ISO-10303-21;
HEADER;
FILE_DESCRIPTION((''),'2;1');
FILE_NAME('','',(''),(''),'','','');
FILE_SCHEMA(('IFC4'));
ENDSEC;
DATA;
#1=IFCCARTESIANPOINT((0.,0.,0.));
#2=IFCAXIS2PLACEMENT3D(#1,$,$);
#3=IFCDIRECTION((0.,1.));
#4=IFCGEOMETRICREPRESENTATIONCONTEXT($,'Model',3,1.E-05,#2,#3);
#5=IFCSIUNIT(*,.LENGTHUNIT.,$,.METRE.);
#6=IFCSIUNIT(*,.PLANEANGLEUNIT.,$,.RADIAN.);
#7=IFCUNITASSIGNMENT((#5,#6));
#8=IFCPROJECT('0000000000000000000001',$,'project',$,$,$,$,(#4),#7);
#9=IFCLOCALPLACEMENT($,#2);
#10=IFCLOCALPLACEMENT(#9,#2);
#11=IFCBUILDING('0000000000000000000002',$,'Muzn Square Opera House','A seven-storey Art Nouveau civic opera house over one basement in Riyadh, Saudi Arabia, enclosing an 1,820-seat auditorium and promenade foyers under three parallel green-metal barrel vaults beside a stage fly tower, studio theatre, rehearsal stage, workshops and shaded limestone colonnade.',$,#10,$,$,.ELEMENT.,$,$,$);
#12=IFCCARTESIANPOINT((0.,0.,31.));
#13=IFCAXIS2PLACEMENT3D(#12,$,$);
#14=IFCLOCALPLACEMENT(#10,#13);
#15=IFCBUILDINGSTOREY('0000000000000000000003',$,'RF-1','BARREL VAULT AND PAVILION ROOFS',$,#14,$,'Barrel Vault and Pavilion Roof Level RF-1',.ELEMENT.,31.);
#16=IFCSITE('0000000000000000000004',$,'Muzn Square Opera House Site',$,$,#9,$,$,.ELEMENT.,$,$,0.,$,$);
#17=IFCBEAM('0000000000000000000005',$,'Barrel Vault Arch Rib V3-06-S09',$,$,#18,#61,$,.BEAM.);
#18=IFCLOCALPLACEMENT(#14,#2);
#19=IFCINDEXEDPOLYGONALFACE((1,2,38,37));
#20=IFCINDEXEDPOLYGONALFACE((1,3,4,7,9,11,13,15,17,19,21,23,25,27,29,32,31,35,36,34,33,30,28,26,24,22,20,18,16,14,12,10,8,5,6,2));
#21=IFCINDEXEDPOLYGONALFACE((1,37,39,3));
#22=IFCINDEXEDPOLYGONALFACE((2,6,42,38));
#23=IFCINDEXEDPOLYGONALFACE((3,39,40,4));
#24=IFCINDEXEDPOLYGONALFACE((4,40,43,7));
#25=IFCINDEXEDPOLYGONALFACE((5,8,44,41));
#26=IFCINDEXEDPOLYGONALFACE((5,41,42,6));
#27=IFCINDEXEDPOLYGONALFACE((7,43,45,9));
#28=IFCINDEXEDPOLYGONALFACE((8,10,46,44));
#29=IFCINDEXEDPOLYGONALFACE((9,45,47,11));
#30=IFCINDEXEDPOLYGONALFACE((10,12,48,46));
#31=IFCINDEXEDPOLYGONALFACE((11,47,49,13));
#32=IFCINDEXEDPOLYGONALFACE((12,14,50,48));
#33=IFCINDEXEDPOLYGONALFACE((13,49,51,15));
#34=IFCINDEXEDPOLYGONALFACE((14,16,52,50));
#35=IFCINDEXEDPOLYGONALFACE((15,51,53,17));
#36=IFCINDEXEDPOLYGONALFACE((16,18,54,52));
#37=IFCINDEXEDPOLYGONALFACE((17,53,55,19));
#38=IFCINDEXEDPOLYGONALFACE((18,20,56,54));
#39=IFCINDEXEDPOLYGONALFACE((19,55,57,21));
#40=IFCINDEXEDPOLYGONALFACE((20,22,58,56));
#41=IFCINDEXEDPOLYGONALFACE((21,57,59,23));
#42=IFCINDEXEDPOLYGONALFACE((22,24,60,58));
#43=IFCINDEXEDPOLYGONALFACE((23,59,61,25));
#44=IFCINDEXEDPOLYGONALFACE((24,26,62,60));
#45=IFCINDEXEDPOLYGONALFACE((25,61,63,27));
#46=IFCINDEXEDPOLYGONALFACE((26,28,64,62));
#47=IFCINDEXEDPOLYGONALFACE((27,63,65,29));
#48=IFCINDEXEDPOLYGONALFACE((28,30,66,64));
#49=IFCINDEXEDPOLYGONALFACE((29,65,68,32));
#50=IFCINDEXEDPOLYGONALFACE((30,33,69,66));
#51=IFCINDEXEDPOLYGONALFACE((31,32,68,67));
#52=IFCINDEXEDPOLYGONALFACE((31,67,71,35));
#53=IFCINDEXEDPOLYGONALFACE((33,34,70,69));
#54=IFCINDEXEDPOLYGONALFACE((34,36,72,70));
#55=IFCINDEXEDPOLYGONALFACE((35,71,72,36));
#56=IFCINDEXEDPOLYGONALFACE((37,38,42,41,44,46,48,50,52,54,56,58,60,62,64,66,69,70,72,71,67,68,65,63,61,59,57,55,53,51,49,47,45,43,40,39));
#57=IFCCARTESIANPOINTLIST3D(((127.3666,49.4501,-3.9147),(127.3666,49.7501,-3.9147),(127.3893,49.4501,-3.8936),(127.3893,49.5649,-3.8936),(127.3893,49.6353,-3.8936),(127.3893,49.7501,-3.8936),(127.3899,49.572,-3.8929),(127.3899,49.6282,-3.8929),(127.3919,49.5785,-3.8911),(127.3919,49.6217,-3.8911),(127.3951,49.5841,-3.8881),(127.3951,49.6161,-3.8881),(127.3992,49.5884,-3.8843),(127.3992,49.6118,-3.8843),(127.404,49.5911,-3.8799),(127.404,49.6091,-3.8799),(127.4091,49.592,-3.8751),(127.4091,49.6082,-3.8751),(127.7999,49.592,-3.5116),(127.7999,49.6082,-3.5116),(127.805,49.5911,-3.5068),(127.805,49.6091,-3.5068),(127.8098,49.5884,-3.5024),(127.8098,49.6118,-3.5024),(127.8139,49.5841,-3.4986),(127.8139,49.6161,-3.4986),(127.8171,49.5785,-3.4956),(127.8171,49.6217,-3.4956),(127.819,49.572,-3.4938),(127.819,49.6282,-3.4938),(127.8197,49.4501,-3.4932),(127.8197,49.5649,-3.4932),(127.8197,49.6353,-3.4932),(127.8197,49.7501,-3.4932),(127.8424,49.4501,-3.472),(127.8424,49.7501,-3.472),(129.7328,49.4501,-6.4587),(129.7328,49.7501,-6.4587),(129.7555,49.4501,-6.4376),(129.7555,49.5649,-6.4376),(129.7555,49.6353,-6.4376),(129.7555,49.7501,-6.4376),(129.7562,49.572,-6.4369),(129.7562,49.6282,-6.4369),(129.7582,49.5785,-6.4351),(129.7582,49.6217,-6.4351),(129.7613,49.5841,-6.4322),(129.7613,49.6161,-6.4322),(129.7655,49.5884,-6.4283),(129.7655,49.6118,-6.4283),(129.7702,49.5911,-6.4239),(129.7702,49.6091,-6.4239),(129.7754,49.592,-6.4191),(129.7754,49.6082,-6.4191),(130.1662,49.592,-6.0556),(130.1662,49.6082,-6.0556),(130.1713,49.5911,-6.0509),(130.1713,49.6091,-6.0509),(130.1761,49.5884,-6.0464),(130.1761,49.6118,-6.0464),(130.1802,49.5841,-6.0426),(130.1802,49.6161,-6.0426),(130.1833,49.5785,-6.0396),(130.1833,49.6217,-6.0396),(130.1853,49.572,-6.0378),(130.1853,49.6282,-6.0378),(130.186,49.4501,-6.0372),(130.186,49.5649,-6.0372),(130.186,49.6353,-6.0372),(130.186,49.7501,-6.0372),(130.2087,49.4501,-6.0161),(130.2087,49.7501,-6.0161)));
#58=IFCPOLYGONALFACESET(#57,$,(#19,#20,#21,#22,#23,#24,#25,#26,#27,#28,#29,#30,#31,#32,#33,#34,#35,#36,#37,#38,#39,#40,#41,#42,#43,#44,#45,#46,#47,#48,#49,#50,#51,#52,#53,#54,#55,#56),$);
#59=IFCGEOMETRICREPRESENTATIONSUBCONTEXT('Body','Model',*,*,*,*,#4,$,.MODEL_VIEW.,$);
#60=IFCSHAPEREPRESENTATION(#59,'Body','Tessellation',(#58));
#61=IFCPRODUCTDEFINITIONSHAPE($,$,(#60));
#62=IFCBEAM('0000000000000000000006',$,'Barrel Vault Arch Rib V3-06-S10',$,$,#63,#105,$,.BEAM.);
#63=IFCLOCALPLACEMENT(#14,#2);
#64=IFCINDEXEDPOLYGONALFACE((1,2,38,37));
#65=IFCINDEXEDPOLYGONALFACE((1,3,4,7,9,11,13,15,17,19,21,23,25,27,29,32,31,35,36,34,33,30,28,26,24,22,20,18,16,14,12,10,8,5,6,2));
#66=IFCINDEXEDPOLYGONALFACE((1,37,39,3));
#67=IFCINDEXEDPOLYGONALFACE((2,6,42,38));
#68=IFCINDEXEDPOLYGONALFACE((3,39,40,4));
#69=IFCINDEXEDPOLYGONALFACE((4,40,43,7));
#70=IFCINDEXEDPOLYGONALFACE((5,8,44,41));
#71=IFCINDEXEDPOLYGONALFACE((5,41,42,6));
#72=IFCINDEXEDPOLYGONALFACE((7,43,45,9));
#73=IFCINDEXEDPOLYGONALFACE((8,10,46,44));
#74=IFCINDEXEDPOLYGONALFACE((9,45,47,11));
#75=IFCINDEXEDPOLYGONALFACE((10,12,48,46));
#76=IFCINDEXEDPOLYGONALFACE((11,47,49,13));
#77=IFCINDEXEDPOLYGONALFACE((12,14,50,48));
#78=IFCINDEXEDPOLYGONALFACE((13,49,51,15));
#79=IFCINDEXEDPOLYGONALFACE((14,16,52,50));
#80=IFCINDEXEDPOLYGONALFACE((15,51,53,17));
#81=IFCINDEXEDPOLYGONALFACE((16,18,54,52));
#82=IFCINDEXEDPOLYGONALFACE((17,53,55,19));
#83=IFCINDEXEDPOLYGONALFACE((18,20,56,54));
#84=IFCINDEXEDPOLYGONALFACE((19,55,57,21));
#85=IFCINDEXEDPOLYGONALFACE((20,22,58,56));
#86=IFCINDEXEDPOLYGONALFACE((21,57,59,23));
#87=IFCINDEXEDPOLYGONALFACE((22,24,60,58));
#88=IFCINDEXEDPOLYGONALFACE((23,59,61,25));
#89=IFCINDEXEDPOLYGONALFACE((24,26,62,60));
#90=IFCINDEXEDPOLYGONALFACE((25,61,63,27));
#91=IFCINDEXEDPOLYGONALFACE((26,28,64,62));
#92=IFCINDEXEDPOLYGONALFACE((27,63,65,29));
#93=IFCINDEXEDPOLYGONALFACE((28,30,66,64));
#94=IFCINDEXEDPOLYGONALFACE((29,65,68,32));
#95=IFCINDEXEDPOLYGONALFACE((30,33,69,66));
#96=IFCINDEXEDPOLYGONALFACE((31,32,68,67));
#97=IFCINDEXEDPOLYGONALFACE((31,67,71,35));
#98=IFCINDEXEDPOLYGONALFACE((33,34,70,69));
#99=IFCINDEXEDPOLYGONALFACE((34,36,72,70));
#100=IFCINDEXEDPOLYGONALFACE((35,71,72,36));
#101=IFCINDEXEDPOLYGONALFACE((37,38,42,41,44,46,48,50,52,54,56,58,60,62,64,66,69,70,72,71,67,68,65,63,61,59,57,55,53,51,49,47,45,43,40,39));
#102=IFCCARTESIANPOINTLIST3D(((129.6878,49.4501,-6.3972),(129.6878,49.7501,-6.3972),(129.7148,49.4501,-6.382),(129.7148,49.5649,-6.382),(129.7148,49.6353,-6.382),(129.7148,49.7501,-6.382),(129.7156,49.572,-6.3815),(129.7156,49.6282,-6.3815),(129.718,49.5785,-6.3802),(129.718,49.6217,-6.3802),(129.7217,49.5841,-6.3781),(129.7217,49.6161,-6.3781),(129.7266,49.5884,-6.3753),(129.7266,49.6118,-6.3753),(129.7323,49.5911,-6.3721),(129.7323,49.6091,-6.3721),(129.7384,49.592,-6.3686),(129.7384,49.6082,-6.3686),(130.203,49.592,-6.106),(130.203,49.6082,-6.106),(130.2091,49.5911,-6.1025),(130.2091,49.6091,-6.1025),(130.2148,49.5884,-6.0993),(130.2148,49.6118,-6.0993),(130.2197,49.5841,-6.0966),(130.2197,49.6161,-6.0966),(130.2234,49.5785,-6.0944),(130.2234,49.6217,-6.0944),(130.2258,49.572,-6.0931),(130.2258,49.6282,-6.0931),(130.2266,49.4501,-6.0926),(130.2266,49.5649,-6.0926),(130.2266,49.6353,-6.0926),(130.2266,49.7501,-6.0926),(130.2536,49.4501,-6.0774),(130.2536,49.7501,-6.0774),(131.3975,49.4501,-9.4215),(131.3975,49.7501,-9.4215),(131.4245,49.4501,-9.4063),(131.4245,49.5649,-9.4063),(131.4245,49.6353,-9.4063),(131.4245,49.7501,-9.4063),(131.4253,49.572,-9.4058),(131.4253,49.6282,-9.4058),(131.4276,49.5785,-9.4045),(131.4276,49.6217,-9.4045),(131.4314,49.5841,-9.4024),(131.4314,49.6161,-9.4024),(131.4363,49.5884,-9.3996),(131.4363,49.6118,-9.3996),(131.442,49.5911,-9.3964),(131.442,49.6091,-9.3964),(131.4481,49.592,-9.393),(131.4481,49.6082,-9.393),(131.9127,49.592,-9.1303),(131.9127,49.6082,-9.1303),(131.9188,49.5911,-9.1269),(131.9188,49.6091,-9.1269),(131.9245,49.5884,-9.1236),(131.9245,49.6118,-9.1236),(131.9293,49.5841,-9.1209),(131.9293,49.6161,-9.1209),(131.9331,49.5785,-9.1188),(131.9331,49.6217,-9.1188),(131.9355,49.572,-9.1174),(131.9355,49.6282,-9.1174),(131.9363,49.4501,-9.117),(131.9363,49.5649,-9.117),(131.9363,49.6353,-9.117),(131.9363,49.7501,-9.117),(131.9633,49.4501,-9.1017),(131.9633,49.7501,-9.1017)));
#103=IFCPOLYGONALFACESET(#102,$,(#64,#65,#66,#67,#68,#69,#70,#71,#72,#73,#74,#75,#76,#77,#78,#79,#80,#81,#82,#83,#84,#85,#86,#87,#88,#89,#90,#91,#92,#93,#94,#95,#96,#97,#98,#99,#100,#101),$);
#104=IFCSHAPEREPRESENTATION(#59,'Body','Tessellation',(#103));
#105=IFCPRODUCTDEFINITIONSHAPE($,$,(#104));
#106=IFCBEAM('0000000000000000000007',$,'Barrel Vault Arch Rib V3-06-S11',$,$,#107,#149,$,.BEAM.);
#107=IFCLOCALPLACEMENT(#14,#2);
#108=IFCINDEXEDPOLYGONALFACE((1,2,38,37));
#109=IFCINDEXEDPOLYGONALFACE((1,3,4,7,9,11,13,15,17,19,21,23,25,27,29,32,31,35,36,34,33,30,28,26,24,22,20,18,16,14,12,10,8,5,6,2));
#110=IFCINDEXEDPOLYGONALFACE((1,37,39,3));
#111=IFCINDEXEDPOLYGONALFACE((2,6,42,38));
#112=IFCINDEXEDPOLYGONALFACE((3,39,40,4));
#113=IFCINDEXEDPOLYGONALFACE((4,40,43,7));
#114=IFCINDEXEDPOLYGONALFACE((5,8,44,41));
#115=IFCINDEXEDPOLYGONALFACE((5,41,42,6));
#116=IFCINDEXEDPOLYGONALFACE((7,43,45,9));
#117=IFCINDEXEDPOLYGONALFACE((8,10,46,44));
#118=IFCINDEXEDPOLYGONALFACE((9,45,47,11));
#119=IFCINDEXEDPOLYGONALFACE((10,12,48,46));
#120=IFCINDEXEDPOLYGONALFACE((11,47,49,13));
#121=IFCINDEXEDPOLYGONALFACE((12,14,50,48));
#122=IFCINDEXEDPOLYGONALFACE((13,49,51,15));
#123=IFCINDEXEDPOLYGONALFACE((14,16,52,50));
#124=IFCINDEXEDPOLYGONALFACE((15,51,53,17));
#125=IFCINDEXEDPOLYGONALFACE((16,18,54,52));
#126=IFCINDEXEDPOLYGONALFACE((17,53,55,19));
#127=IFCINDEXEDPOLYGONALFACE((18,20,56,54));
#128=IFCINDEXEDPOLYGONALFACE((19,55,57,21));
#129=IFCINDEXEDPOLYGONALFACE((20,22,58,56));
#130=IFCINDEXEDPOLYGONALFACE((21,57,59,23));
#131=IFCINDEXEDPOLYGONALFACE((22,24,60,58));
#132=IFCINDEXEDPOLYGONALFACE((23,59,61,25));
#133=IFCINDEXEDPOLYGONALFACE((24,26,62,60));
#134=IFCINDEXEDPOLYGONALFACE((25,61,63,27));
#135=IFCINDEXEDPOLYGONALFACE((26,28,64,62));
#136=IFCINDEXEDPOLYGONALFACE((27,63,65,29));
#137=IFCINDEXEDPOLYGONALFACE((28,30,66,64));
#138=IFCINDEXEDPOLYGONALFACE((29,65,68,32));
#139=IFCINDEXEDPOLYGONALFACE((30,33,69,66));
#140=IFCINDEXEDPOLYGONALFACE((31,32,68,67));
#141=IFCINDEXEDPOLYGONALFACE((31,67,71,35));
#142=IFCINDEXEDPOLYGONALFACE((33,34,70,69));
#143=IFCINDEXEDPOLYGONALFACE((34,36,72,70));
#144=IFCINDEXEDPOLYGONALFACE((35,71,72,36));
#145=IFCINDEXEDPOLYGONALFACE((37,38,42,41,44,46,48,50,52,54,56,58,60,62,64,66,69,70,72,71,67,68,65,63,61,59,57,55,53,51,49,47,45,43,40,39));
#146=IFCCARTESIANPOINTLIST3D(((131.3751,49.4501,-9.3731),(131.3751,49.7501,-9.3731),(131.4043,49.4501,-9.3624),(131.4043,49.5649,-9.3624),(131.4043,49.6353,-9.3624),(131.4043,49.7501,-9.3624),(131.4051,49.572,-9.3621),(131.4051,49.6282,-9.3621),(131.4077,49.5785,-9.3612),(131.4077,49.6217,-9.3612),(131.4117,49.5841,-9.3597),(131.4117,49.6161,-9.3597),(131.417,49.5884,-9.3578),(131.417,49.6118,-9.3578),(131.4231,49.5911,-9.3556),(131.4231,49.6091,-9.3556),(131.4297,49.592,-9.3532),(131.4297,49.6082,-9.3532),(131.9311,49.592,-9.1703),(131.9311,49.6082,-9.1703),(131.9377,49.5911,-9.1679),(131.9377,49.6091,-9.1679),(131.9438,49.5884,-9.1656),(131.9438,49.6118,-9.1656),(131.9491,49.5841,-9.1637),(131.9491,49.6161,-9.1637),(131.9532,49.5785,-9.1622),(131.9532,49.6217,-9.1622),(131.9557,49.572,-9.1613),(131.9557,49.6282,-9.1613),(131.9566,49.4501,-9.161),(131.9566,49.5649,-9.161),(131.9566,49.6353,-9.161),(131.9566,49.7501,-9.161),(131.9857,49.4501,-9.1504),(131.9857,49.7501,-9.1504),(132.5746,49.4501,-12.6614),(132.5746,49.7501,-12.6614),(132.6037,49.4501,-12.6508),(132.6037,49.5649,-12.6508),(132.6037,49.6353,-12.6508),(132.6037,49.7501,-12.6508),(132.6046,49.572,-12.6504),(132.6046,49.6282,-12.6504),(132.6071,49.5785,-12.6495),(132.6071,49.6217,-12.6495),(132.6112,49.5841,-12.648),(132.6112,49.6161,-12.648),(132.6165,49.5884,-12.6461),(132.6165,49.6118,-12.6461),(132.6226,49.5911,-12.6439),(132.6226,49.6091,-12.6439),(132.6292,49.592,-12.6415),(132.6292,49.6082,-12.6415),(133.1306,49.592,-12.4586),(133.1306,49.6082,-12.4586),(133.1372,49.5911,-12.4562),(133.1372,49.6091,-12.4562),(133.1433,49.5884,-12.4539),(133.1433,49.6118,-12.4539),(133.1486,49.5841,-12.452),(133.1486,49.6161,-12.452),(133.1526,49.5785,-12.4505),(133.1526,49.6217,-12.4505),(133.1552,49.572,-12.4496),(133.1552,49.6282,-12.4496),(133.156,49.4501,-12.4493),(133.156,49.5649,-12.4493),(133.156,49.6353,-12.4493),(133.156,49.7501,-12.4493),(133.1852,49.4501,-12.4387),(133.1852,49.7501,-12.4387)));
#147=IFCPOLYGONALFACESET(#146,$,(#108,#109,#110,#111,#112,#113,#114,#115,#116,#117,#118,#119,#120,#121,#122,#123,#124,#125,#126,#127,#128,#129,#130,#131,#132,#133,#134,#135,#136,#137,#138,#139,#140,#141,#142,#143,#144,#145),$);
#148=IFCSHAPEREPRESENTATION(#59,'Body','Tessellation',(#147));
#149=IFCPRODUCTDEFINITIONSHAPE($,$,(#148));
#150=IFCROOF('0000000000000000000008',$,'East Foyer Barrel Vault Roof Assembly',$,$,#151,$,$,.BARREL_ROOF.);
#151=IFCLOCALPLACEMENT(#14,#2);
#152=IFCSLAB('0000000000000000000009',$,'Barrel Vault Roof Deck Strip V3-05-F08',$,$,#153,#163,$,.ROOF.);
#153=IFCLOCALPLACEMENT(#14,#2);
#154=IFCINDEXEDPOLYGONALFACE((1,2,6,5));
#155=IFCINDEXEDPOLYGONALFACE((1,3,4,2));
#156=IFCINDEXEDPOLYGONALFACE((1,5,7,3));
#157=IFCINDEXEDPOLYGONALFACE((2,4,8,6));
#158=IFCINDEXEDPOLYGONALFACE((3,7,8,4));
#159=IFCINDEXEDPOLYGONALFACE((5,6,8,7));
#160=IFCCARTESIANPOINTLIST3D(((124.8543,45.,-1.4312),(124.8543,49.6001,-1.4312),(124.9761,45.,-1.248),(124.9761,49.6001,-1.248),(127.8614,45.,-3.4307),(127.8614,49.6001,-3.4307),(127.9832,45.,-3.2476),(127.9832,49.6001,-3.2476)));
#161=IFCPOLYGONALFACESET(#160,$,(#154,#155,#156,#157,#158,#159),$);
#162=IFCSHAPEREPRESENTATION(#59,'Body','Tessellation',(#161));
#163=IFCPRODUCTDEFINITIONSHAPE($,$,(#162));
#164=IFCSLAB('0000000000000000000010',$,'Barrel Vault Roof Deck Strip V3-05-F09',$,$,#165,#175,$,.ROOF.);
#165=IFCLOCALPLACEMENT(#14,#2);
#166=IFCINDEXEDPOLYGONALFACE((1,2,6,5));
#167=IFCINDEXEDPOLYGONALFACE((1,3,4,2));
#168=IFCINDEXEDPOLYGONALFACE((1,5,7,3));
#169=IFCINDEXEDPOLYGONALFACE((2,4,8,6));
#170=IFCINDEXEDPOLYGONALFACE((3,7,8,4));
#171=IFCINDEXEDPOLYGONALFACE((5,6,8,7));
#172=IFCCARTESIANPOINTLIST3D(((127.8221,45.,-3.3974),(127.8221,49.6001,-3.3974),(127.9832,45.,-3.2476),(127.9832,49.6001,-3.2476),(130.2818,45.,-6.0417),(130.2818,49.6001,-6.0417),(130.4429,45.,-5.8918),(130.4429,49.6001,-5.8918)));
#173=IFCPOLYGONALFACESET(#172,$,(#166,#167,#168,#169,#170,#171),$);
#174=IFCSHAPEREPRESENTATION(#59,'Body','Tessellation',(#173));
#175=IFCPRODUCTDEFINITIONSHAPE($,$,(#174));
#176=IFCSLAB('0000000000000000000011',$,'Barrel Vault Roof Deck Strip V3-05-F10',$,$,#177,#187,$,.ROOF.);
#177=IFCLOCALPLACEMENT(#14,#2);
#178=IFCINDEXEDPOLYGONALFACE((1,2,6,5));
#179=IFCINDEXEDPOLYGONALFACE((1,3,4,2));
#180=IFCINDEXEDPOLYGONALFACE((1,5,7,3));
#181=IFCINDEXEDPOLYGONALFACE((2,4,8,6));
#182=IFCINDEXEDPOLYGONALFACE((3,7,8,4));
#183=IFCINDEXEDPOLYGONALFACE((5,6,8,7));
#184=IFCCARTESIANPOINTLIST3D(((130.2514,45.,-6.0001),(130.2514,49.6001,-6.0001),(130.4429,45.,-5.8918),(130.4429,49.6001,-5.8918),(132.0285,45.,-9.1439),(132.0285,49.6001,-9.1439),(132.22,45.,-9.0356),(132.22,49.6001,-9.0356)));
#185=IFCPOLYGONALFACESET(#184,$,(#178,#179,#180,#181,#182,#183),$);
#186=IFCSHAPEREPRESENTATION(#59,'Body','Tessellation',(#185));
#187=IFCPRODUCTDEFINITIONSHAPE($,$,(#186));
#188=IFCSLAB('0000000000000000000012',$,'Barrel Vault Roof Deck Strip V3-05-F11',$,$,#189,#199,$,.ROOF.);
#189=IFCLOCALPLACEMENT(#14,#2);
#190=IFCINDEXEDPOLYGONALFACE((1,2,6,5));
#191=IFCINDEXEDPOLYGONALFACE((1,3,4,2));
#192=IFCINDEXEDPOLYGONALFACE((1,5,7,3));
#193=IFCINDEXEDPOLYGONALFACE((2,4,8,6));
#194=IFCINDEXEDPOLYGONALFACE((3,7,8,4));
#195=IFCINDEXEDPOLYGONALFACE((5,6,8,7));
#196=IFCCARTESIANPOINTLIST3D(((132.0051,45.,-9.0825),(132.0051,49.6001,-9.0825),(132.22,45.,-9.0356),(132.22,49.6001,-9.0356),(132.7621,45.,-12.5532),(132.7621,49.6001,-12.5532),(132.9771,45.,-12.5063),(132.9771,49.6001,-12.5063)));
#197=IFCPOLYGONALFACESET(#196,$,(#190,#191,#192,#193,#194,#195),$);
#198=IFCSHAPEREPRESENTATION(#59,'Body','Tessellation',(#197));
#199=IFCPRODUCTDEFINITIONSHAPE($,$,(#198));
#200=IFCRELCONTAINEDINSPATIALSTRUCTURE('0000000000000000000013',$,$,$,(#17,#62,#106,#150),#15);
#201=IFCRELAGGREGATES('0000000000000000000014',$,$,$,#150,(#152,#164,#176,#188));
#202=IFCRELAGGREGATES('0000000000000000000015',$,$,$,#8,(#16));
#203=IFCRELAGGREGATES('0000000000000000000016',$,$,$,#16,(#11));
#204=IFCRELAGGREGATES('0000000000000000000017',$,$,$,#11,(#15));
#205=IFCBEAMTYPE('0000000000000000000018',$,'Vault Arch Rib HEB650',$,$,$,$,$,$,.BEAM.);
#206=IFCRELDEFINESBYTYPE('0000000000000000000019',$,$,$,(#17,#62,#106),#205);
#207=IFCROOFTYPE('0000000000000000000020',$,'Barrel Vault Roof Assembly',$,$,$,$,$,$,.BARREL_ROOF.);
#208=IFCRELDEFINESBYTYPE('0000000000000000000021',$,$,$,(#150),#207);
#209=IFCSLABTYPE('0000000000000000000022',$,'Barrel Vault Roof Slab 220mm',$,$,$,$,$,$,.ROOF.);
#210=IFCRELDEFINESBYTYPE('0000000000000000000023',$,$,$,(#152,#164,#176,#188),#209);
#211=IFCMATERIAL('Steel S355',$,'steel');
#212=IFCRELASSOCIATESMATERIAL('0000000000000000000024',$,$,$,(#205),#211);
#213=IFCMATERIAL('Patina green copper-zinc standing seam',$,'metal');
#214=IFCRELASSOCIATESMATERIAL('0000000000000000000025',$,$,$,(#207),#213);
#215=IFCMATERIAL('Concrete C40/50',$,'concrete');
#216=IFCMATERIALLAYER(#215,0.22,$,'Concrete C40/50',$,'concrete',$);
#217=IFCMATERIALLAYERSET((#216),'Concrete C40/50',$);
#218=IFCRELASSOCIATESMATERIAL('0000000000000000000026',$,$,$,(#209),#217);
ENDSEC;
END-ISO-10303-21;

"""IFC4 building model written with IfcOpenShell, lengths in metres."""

from ifc_helpers import new_model, si_unit, direction, frame, origin, origin_2d, place, context, subcontext, project, spatial, polyline, i_section, outline, extrude, material, layer, layer_set, material_profile, profile_set, type_object, element, aggregate, save


model = new_model("IFC4")

# Units and contexts
model_context = context("Model", 3, precision=1e-05, world=origin(), true_north=direction((0.0, 1.0)))
body_context = subcontext(model_context, "Body", "Model", "MODEL_VIEW")
ifc_project = project(units=[si_unit("LENGTHUNIT", "METRE"), si_unit("PLANEANGLEUNIT", "RADIAN")], contexts=[model_context])

# Site, building, storey
site_placement = place(None, origin())
site = spatial("IfcSite", under=ifc_project, at=site_placement, Name="Muzn Square Opera House Site", CompositionType="ELEMENT", RefElevation=0.0)
building_placement = place(site_placement, origin())
building = spatial("IfcBuilding", under=site, at=building_placement, Name="Muzn Square Opera House", Description="A seven-storey Art Nouveau civic opera house over one basement in Riyadh, Saudi Arabia, enclosing an 1,820-seat auditorium and promenade foyers under three parallel green-metal barrel vaults beside a stage fly tower, studio theatre, rehearsal stage, workshops and shaded limestone colonnade.", CompositionType="ELEMENT")
storey_placement = place(building_placement, frame((0.0, 0.0, 31.0)))
storey = spatial("IfcBuildingStorey", under=building, at=storey_placement, Name="RF-1", Description="BARREL VAULT AND PAVILION ROOFS", LongName="Barrel Vault and Pavilion Roof Level RF-1", CompositionType="ELEMENT", Elevation=31.0)

# Beams
ifc_material_1 = material(Name="Steel S355", Category="steel")
ifc_material_profile_1 = material_profile(ifc_material_1, i_section(OverallWidth=0.3, OverallDepth=0.6499, WebThickness=0.0161, FlangeThickness=0.031, FilletRadius=0.0271, at=origin_2d()), Name="HEB 650", Category="steel")
ifc_profile_set_1 = profile_set([ifc_material_profile_1], Name="Steel S355")
beam_type_1 = type_object("IfcBeamType", Name="Vault Arch Rib HEB650", PredefinedType="BEAM", material=ifc_profile_set_1)
for number, where, z_axis, x_axis, name in (
    (1, (127.6045, 49.6001, -3.6934), (0.681065, 0.0, -0.732223), (0.0, 1.0, 0.0), "Barrel Vault Arch Rib V3-06-S09"),
):
    element("IfcBeam", number, at=place(storey_placement, frame(where, z_axis=z_axis, x_axis=x_axis)), inside=storey, type_object=beam_type_1, Name=name, PredefinedType="BEAM", context=body_context, shape_type="SweptSolid", body=[
        extrude(i_section(OverallWidth=0.3, OverallDepth=0.6499, WebThickness=0.0161, FlangeThickness=0.031, FilletRadius=0.0271, at=origin_2d()), origin(), (0.0, 0.0, 1.0), 3.4744),
    ])
beam_1_placement = place(storey_placement, frame((129.9707, 49.6001, -6.2373), z_axis=(0.492115, 0.0, -0.87053), x_axis=(0.0, 1.0, 0.0)))
element("IfcBeam", 2, at=beam_1_placement, inside=storey, type_object=beam_type_1, Name="Barrel Vault Arch Rib V3-06-S10", PredefinedType="BEAM", context=body_context, shape_type="SweptSolid", body=[
    extrude(i_section(OverallWidth=0.3, OverallDepth=0.6499, WebThickness=0.0161, FlangeThickness=0.031, FilletRadius=0.0271, at=origin_2d()), origin(), (0.0, 0.0, 1.0), 3.4741),
])
beam_2_placement = place(storey_placement, frame((131.6804, 49.6001, -9.2617), z_axis=(0.342678, 0.0, -0.939453), x_axis=(0.0, 1.0, 0.0)))
element("IfcBeam", 3, at=beam_2_placement, inside=storey, type_object=beam_type_1, Name="Barrel Vault Arch Rib V3-06-S11", PredefinedType="BEAM", context=body_context, shape_type="SweptSolid", body=[
    extrude(i_section(OverallWidth=0.3, OverallDepth=0.6499, WebThickness=0.0161, FlangeThickness=0.031, FilletRadius=0.0271, at=origin_2d()), origin(), (0.0, 0.0, 1.0), 3.5002),
])

# Roof, slabs
ifc_material_2 = material(Name="Patina green copper-zinc standing seam", Category="metal")
roof_type = type_object("IfcRoofType", Name="Barrel Vault Roof Assembly", PredefinedType="BARREL_ROOF", material=ifc_material_2)
roof_placement = place(storey_placement, origin())
roof = element("IfcRoof", 4, at=roof_placement, inside=storey, type_object=roof_type, Name="East Foyer Barrel Vault Roof Assembly", PredefinedType="BARREL_ROOF")
ifc_material_3 = material(Name="Concrete C40/50", Category="concrete")
ifc_layer_1 = layer(ifc_material_3, 0.22, Name="Concrete C40/50", Category="concrete")
ifc_layer_set_1 = layer_set([ifc_layer_1], Name="Concrete C40/50")
slab_type = type_object("IfcSlabType", Name="Barrel Vault Roof Slab 220mm", PredefinedType="ROOF", material=ifc_layer_set_1)
slab_1_placement = place(storey_placement, frame((124.9761, 45.0, -1.248), z_axis=(0.553701, 0.0, 0.832715), x_axis=(0.832715, 0.0, -0.553701)))
slab_1 = element("IfcSlab", 5, at=slab_1_placement, type_object=slab_type, Name="Barrel Vault Roof Deck Strip V3-05-F08", PredefinedType="ROOF", context=body_context, shape_type="SweptSolid", body=[
    extrude(outline(polyline([(0.0, 0.0), (3.6112, 0.0), (3.6112, 4.6001), (0.0, 4.6001), (0.0, 0.0)])), origin(), (0.0, 0.0, -1.0), 0.22),
])
slab_2_placement = place(storey_placement, frame((127.9832, 45.0, -3.2476), z_axis=(0.732198, 0.0, 0.681091), x_axis=(0.681091, 0.0, -0.732198)))
slab_2 = element("IfcSlab", 6, at=slab_2_placement, type_object=slab_type, Name="Barrel Vault Roof Deck Strip V3-05-F09", PredefinedType="ROOF", context=body_context, shape_type="SweptSolid", body=[
    extrude(outline(polyline([(0.0, 0.0), (3.6114, 0.0), (3.6114, 4.6001), (0.0, 4.6001), (0.0, 0.0)])), origin(), (0.0, 0.0, -1.0), 0.22),
])
slab_3_placement = place(storey_placement, frame((130.4429, 45.0, -5.8918), z_axis=(0.870543, 0.0, 0.492093), x_axis=(0.492093, 0.0, -0.870543)))
slab_3 = element("IfcSlab", 7, at=slab_3_placement, type_object=slab_type, Name="Barrel Vault Roof Deck Strip V3-05-F10", PredefinedType="ROOF", context=body_context, shape_type="SweptSolid", body=[
    extrude(outline(polyline([(0.0, 0.0), (3.6113, 0.0), (3.6113, 4.6001), (0.0, 4.6001), (0.0, 0.0)])), origin(), (0.0, 0.0, -1.0), 0.22),
])
slab_4_placement = place(storey_placement, frame((132.22, 45.0, -9.0356), z_axis=(0.977025, 0.0, 0.213123), x_axis=(0.213123, 0.0, -0.977025)))
slab_4 = element("IfcSlab", 8, at=slab_4_placement, type_object=slab_type, Name="Barrel Vault Roof Deck Strip V3-05-F11", PredefinedType="ROOF", context=body_context, shape_type="SweptSolid", body=[
    extrude(outline(polyline([(0.0, 0.0), (3.5523, 0.0), (3.5523, 4.6001), (0.0, 4.6001), (0.0, 0.0)])), origin(), (0.0, 0.0, -1.0), 0.22),
])
aggregate(roof, [slab_1, slab_2, slab_3, slab_4])

save(model, "model.ifc")
